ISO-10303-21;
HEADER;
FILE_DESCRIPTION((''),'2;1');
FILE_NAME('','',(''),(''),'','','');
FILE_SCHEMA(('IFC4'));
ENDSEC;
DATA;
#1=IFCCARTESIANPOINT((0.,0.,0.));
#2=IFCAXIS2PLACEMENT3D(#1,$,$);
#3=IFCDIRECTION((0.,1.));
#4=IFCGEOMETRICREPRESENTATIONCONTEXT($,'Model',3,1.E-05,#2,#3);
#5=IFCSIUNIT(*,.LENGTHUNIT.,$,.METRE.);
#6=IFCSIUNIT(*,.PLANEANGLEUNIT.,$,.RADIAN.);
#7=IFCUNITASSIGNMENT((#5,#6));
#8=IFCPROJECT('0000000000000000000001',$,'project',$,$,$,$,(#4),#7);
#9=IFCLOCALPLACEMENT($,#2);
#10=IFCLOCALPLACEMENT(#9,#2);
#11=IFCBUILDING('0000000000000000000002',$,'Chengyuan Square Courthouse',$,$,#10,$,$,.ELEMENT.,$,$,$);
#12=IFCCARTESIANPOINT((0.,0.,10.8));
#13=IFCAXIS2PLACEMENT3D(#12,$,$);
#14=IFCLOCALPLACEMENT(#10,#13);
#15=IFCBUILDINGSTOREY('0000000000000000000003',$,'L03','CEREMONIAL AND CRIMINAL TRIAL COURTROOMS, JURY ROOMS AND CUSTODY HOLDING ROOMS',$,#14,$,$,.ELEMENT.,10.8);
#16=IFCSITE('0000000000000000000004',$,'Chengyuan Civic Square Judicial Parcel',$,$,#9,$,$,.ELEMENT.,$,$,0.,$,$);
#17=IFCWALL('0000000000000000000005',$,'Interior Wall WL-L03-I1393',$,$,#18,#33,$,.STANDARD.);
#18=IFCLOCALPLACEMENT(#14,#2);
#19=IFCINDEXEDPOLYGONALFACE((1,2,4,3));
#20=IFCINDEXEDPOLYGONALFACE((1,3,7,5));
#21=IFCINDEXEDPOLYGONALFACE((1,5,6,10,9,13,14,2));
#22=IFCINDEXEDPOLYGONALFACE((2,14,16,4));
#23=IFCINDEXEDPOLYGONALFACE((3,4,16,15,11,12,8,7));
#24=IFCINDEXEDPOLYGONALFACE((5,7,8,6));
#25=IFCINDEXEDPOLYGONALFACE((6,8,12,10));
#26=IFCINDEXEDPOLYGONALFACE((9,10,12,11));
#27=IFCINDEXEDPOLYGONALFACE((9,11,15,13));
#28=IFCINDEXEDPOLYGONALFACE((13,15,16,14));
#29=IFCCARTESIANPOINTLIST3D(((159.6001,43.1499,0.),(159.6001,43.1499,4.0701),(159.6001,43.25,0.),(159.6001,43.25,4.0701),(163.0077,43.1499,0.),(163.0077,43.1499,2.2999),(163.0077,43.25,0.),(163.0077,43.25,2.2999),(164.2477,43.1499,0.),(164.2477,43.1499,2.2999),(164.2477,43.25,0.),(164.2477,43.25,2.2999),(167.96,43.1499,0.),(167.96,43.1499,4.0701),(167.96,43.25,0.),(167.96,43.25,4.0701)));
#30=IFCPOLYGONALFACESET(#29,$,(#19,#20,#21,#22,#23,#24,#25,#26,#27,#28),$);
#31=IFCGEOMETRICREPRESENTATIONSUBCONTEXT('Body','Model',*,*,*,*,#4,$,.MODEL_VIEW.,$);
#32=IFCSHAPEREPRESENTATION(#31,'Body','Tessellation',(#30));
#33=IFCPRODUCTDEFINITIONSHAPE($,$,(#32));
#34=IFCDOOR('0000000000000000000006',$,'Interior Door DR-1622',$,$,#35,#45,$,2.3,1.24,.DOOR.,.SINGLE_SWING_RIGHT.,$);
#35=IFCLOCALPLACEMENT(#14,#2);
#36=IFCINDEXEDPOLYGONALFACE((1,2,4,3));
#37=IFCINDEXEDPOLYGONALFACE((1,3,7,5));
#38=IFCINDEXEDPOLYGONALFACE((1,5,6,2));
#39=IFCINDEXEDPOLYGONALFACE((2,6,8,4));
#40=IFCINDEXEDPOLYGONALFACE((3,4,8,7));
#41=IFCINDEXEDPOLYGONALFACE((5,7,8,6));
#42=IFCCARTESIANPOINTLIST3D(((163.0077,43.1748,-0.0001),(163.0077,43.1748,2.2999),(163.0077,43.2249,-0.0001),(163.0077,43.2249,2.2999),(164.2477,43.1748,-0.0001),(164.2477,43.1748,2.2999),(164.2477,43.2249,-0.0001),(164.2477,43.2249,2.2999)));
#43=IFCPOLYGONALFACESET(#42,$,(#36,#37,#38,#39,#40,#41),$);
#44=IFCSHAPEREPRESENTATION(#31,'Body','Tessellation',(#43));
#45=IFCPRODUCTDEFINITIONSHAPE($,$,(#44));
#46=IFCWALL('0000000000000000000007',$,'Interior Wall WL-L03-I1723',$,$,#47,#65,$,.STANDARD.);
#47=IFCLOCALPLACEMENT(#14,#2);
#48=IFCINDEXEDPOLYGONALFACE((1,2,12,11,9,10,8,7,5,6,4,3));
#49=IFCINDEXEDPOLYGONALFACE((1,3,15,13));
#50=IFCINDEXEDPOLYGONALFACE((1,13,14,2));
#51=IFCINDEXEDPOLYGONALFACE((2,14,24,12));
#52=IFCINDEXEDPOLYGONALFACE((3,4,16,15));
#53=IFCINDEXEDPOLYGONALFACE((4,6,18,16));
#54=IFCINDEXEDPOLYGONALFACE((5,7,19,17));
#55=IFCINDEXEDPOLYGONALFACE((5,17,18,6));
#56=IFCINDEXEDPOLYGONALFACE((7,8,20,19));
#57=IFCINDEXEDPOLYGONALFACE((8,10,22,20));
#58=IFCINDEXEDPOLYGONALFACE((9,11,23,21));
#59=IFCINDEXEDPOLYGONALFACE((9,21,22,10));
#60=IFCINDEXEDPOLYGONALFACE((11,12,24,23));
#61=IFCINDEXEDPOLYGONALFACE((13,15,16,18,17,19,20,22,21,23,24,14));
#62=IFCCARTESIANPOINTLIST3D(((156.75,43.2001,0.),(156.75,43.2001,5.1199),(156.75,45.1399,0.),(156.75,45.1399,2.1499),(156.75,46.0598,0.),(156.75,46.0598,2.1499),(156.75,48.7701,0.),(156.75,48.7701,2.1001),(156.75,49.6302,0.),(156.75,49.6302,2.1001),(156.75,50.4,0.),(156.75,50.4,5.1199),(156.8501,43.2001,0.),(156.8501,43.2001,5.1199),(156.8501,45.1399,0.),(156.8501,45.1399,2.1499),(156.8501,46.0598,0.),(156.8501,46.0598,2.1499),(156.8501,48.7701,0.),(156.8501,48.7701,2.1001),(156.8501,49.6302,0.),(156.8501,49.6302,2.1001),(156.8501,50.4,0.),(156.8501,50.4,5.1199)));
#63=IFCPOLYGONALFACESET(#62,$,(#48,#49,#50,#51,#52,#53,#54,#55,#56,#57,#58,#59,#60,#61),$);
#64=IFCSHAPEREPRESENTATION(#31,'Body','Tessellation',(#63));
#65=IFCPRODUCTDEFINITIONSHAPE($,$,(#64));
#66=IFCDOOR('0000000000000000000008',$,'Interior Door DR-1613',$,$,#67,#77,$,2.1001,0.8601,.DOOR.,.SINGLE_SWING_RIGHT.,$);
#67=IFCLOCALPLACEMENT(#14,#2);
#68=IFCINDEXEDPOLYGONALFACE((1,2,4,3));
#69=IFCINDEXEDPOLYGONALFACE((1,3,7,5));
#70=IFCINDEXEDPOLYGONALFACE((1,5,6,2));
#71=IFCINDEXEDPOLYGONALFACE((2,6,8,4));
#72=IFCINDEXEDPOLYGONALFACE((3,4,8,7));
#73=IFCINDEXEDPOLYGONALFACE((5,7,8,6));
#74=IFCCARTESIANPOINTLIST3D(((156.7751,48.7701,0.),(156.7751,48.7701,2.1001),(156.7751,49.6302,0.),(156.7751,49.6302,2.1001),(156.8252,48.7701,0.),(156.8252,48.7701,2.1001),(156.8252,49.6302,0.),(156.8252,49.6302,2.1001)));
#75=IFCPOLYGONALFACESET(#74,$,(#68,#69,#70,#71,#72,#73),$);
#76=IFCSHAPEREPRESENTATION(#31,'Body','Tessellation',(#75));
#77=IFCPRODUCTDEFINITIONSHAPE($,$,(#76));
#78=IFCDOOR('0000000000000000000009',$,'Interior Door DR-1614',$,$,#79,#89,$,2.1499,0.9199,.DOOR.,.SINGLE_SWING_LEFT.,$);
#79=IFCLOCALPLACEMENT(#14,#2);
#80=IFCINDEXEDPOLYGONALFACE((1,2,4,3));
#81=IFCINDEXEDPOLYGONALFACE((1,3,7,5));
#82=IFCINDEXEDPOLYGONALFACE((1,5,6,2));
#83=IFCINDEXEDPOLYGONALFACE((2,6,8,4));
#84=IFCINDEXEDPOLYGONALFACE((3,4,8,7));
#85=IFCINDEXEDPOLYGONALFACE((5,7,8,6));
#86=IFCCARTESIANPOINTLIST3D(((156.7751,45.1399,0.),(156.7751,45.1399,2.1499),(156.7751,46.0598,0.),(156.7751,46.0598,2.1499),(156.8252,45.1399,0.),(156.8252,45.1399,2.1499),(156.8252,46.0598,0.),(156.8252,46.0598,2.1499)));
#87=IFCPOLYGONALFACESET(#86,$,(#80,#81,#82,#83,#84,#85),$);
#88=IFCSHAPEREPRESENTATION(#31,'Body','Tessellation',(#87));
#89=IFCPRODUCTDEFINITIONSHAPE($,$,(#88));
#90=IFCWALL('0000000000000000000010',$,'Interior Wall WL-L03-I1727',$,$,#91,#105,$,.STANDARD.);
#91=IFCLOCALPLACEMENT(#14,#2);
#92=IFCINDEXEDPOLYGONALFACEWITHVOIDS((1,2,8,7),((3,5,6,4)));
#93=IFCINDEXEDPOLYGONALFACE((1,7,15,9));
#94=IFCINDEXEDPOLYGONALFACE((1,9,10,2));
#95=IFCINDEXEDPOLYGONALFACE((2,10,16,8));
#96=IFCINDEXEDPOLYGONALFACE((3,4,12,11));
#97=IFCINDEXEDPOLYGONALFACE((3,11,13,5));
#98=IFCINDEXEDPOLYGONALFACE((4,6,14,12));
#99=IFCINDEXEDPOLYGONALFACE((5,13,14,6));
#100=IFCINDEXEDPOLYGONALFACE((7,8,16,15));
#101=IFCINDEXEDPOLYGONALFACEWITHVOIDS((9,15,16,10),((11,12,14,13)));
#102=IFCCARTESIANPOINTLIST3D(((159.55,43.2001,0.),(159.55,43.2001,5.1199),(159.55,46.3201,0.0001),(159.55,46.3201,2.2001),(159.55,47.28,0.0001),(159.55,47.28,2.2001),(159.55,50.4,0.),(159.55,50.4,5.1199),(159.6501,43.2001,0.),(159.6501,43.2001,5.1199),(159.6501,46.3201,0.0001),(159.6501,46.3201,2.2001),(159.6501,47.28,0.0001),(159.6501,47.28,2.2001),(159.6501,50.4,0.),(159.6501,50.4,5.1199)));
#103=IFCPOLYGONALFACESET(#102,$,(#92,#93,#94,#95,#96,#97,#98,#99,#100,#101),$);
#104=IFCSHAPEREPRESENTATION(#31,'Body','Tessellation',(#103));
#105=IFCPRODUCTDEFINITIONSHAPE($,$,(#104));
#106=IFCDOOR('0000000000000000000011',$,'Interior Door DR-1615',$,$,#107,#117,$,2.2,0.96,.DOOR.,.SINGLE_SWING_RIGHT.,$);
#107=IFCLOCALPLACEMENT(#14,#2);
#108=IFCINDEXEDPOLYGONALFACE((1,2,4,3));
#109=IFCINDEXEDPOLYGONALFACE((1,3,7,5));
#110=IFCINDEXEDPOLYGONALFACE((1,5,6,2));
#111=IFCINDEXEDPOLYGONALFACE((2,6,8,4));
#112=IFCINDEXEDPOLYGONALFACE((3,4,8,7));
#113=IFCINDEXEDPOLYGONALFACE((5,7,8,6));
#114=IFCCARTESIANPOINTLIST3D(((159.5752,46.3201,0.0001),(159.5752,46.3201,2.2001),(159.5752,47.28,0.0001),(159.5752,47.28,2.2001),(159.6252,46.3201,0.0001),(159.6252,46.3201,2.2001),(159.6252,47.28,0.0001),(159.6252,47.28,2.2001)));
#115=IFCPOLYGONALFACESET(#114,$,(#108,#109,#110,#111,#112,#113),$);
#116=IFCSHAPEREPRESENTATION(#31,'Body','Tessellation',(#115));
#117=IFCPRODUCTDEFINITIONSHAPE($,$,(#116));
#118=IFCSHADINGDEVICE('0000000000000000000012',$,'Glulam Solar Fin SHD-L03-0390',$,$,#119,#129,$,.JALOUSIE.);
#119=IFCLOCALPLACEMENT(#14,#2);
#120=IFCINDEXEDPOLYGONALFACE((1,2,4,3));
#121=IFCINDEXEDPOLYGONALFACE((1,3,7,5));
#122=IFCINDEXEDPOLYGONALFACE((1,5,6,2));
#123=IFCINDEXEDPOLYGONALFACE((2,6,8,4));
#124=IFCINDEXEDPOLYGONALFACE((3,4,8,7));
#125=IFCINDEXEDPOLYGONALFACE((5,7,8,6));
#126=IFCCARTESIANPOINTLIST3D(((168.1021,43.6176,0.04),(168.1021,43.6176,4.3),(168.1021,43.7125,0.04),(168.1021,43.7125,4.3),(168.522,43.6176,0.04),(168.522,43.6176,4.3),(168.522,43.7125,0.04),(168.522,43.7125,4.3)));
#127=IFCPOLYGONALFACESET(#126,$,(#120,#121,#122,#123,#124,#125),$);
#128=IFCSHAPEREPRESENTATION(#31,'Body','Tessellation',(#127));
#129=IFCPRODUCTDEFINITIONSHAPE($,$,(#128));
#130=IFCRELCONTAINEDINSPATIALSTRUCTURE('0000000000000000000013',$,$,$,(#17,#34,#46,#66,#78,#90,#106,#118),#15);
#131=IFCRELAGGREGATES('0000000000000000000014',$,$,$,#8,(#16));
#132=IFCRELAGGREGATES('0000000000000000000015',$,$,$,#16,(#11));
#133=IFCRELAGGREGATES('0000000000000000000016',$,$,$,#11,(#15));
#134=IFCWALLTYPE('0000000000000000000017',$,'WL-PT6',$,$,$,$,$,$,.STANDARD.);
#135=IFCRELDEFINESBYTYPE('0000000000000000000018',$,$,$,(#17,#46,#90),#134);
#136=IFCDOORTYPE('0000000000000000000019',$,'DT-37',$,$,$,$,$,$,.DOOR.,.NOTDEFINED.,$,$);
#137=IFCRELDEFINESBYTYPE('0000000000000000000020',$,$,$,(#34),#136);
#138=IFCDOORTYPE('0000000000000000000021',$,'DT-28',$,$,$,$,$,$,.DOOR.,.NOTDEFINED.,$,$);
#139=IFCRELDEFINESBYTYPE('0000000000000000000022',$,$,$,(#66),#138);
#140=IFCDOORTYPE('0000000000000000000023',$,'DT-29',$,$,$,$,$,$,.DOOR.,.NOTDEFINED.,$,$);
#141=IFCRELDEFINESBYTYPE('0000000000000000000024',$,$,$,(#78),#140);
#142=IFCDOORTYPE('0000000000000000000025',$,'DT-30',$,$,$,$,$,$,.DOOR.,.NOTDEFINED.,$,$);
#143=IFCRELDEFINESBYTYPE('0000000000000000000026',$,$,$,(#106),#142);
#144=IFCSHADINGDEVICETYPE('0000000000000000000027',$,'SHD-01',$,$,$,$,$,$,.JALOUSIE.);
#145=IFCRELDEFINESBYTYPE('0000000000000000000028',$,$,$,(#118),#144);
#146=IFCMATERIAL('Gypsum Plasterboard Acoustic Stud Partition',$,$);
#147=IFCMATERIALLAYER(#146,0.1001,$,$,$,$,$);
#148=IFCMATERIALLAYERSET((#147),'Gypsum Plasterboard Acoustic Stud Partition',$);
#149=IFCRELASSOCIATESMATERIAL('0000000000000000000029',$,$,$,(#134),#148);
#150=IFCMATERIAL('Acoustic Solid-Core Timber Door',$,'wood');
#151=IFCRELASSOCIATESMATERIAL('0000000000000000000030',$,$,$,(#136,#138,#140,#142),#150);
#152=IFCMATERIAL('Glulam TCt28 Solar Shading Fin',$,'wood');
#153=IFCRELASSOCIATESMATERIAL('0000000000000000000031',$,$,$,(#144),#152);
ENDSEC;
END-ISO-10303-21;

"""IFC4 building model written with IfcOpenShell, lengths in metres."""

from ifc_helpers import new_model, si_unit, direction, frame, frame_2d, origin, origin_2d, place, context, subcontext, project, spatial, rectangle, extrude, material, layer, layer_set, type_object, element, fill, save


model = new_model("IFC4")

# Units and contexts
model_context = context("Model", 3, precision=1e-05, world=origin(), true_north=direction((0.0, 1.0)))
body_context = subcontext(model_context, "Body", "Model", "MODEL_VIEW")
ifc_project = project(units=[si_unit("LENGTHUNIT", "METRE"), si_unit("PLANEANGLEUNIT", "RADIAN")], contexts=[model_context])

# Site, building, storey
site_placement = place(None, origin())
site = spatial("IfcSite", under=ifc_project, at=site_placement, Name="Chengyuan Civic Square Judicial Parcel", CompositionType="ELEMENT", RefElevation=0.0)
building_placement = place(site_placement, origin())
building = spatial("IfcBuilding", under=site, at=building_placement, Name="Chengyuan Square Courthouse", CompositionType="ELEMENT")
storey_placement = place(building_placement, frame((0.0, 0.0, 10.8)))
storey = spatial("IfcBuildingStorey", under=building, at=storey_placement, Name="L03", Description="CEREMONIAL AND CRIMINAL TRIAL COURTROOMS, JURY ROOMS AND CUSTODY HOLDING ROOMS", CompositionType="ELEMENT", Elevation=10.8)

# Wall, opening, door
ifc_material_1 = material(Name="Gypsum Plasterboard Acoustic Stud Partition")
ifc_layer_1 = layer(ifc_material_1, 0.1001)
ifc_layer_set_1 = layer_set([ifc_layer_1], Name="Gypsum Plasterboard Acoustic Stud Partition")
wall_type_1 = type_object("IfcWallType", Name="WL-PT6", PredefinedType="STANDARD", material=ifc_layer_set_1)
wall_1_placement = place(storey_placement, frame((159.6001, 43.2, 0.0), z_axis=(0.0, 0.0, 1.0), x_axis=(1.0, 0.0, 0.0)))
wall_1 = element("IfcWall", 1, at=wall_1_placement, inside=storey, type_object=wall_type_1, Name="Interior Wall WL-L03-I1393", PredefinedType="STANDARD", context=body_context, shape_type="SweptSolid", body=[
    extrude(rectangle(XDim=8.3599, YDim=0.1001, at=frame_2d((4.1799, 0.0))), origin(), (0.0, 0.0, 1.0), 4.0701),
])
opening_1_placement = place(wall_1_placement, frame((3.4075, 0.0, 0.0)))
opening_1 = element("IfcOpeningElement", 2, at=opening_1_placement, cuts=wall_1, PredefinedType="OPENING", context=body_context, shape_type="SweptSolid", body=[
    extrude(rectangle(XDim=1.24, YDim=2.3, at=frame_2d((0.6201, 1.1499))), frame((0.0, 0.062, 0.0), z_axis=(0.0, -1.0, 0.0), x_axis=(1.0, 0.0, 0.0)), (0.0, 0.0, 1.0), 0.124),
])
ifc_material_2 = material(Name="Acoustic Solid-Core Timber Door", Category="wood")
door_type_1 = type_object("IfcDoorType", Name="DT-37", OperationType="NOTDEFINED", PredefinedType="DOOR", material=ifc_material_2)
door_1_placement = place(opening_1_placement, origin())
door_1 = element("IfcDoor", 3, at=door_1_placement, inside=storey, type_object=door_type_1, Name="Interior Door DR-1622", OperationType="SINGLE_SWING_RIGHT", OverallHeight=2.3, OverallWidth=1.24, PredefinedType="DOOR", context=body_context, shape_type="SweptSolid", body=[
    extrude(rectangle(XDim=1.24, YDim=2.3, at=frame_2d((0.6201, 1.1499))), frame((0.0, 0.0249, 0.0), z_axis=(0.0, -1.0, 0.0), x_axis=(1.0, 0.0, 0.0)), (0.0, 0.0, 1.0), 0.05),
])
fill(opening_1, door_1)

# Wall, openings, doors
wall_2_placement = place(storey_placement, frame((156.8, 43.2, 0.0), z_axis=(0.0, 0.0, 1.0), x_axis=(0.0, 1.0, 0.0)))
wall_2 = element("IfcWall", 4, at=wall_2_placement, inside=storey, type_object=wall_type_1, Name="Interior Wall WL-L03-I1723", PredefinedType="STANDARD", context=body_context, shape_type="SweptSolid", body=[
    extrude(rectangle(XDim=7.2, YDim=0.1001, at=frame_2d((3.6001, 0.0))), origin(), (0.0, 0.0, 1.0), 5.1199),
])
opening_2_placement = place(wall_2_placement, frame((5.5701, 0.0, 0.0)))
opening_2 = element("IfcOpeningElement", 5, at=opening_2_placement, cuts=wall_2, PredefinedType="OPENING", context=body_context, shape_type="SweptSolid", body=[
    extrude(rectangle(XDim=0.8601, YDim=2.1001, at=frame_2d((0.4302, 1.05))), frame((0.0, 0.062, 0.0), z_axis=(0.0, -1.0, 0.0), x_axis=(1.0, 0.0, 0.0)), (0.0, 0.0, 1.0), 0.124),
])
opening_3_placement = place(wall_2_placement, frame((1.9399, 0.0, 0.0)))
opening_3 = element("IfcOpeningElement", 6, at=opening_3_placement, cuts=wall_2, PredefinedType="OPENING", context=body_context, shape_type="SweptSolid", body=[
    extrude(rectangle(XDim=0.9199, YDim=2.1499, at=frame_2d((0.46, 1.075))), frame((0.0, 0.062, 0.0), z_axis=(0.0, -1.0, 0.0), x_axis=(1.0, 0.0, 0.0)), (0.0, 0.0, 1.0), 0.124),
])
door_type_2 = type_object("IfcDoorType", Name="DT-28", OperationType="NOTDEFINED", PredefinedType="DOOR", material=ifc_material_2)
door_2_placement = place(opening_2_placement, origin())
door_2 = element("IfcDoor", 7, at=door_2_placement, inside=storey, type_object=door_type_2, Name="Interior Door DR-1613", OperationType="SINGLE_SWING_RIGHT", OverallHeight=2.1001, OverallWidth=0.8601, PredefinedType="DOOR", context=body_context, shape_type="SweptSolid", body=[
    extrude(rectangle(XDim=0.8601, YDim=2.1001, at=frame_2d((0.4302, 1.05))), frame((0.0, 0.0249, 0.0), z_axis=(0.0, -1.0, 0.0), x_axis=(1.0, 0.0, 0.0)), (0.0, 0.0, 1.0), 0.05),
])
fill(opening_2, door_2)
door_type_3 = type_object("IfcDoorType", Name="DT-29", OperationType="NOTDEFINED", PredefinedType="DOOR", material=ifc_material_2)
door_3_placement = place(opening_3_placement, origin())
door_3 = element("IfcDoor", 8, at=door_3_placement, inside=storey, type_object=door_type_3, Name="Interior Door DR-1614", OperationType="SINGLE_SWING_LEFT", OverallHeight=2.1499, OverallWidth=0.9199, PredefinedType="DOOR", context=body_context, shape_type="SweptSolid", body=[
    extrude(rectangle(XDim=0.9199, YDim=2.1499, at=frame_2d((0.46, 1.075))), frame((0.0, 0.0249, 0.0), z_axis=(0.0, -1.0, 0.0), x_axis=(1.0, 0.0, 0.0)), (0.0, 0.0, 1.0), 0.05),
])
fill(opening_3, door_3)

# Wall, opening, door
wall_3_placement = place(storey_placement, frame((159.6001, 43.2, 0.0), z_axis=(0.0, 0.0, 1.0), x_axis=(0.0, 1.0, 0.0)))
wall_3 = element("IfcWall", 9, at=wall_3_placement, inside=storey, type_object=wall_type_1, Name="Interior Wall WL-L03-I1727", PredefinedType="STANDARD", context=body_context, shape_type="SweptSolid", body=[
    extrude(rectangle(XDim=7.2, YDim=0.1001, at=frame_2d((3.6001, 0.0))), origin(), (0.0, 0.0, 1.0), 5.1199),
])
opening_4_placement = place(wall_3_placement, frame((3.1201, 0.0, 0.0)))
opening_4 = element("IfcOpeningElement", 10, at=opening_4_placement, cuts=wall_3, PredefinedType="OPENING", context=body_context, shape_type="SweptSolid", body=[
    extrude(rectangle(XDim=0.96, YDim=2.2, at=frame_2d((0.48, 1.1001))), frame((0.0, 0.062, 0.0), z_axis=(0.0, -1.0, 0.0), x_axis=(1.0, 0.0, 0.0)), (0.0, 0.0, 1.0), 0.124),
])
door_type_4 = type_object("IfcDoorType", Name="DT-30", OperationType="NOTDEFINED", PredefinedType="DOOR", material=ifc_material_2)
door_4_placement = place(opening_4_placement, origin())
door_4 = element("IfcDoor", 11, at=door_4_placement, inside=storey, type_object=door_type_4, Name="Interior Door DR-1615", OperationType="SINGLE_SWING_RIGHT", OverallHeight=2.2, OverallWidth=0.96, PredefinedType="DOOR", context=body_context, shape_type="SweptSolid", body=[
    extrude(rectangle(XDim=0.96, YDim=2.2, at=frame_2d((0.48, 1.1001))), frame((0.0, 0.0249, 0.0), z_axis=(0.0, -1.0, 0.0), x_axis=(1.0, 0.0, 0.0)), (0.0, 0.0, 1.0), 0.05),
])
fill(opening_4, door_4)

# Shading device
ifc_material_3 = material(Name="Glulam TCt28 Solar Shading Fin", Category="wood")
shading_device_type = type_object("IfcShadingDeviceType", Name="SHD-01", PredefinedType="JALOUSIE", material=ifc_material_3)
shading_device_placement = place(storey_placement, frame((168.312, 43.665, 0.04), z_axis=(0.0, 0.0, 1.0), x_axis=(1.0, 0.0, 0.0)))
element("IfcShadingDevice", 12, at=shading_device_placement, inside=storey, type_object=shading_device_type, Name="Glulam Solar Fin SHD-L03-0390", PredefinedType="JALOUSIE", context=body_context, shape_type="SweptSolid", body=[
    extrude(rectangle(XDim=0.4199, YDim=0.095, at=origin_2d()), origin(), (0.0, 0.0, 1.0), 4.26),
])

save(model, "model.ifc")
